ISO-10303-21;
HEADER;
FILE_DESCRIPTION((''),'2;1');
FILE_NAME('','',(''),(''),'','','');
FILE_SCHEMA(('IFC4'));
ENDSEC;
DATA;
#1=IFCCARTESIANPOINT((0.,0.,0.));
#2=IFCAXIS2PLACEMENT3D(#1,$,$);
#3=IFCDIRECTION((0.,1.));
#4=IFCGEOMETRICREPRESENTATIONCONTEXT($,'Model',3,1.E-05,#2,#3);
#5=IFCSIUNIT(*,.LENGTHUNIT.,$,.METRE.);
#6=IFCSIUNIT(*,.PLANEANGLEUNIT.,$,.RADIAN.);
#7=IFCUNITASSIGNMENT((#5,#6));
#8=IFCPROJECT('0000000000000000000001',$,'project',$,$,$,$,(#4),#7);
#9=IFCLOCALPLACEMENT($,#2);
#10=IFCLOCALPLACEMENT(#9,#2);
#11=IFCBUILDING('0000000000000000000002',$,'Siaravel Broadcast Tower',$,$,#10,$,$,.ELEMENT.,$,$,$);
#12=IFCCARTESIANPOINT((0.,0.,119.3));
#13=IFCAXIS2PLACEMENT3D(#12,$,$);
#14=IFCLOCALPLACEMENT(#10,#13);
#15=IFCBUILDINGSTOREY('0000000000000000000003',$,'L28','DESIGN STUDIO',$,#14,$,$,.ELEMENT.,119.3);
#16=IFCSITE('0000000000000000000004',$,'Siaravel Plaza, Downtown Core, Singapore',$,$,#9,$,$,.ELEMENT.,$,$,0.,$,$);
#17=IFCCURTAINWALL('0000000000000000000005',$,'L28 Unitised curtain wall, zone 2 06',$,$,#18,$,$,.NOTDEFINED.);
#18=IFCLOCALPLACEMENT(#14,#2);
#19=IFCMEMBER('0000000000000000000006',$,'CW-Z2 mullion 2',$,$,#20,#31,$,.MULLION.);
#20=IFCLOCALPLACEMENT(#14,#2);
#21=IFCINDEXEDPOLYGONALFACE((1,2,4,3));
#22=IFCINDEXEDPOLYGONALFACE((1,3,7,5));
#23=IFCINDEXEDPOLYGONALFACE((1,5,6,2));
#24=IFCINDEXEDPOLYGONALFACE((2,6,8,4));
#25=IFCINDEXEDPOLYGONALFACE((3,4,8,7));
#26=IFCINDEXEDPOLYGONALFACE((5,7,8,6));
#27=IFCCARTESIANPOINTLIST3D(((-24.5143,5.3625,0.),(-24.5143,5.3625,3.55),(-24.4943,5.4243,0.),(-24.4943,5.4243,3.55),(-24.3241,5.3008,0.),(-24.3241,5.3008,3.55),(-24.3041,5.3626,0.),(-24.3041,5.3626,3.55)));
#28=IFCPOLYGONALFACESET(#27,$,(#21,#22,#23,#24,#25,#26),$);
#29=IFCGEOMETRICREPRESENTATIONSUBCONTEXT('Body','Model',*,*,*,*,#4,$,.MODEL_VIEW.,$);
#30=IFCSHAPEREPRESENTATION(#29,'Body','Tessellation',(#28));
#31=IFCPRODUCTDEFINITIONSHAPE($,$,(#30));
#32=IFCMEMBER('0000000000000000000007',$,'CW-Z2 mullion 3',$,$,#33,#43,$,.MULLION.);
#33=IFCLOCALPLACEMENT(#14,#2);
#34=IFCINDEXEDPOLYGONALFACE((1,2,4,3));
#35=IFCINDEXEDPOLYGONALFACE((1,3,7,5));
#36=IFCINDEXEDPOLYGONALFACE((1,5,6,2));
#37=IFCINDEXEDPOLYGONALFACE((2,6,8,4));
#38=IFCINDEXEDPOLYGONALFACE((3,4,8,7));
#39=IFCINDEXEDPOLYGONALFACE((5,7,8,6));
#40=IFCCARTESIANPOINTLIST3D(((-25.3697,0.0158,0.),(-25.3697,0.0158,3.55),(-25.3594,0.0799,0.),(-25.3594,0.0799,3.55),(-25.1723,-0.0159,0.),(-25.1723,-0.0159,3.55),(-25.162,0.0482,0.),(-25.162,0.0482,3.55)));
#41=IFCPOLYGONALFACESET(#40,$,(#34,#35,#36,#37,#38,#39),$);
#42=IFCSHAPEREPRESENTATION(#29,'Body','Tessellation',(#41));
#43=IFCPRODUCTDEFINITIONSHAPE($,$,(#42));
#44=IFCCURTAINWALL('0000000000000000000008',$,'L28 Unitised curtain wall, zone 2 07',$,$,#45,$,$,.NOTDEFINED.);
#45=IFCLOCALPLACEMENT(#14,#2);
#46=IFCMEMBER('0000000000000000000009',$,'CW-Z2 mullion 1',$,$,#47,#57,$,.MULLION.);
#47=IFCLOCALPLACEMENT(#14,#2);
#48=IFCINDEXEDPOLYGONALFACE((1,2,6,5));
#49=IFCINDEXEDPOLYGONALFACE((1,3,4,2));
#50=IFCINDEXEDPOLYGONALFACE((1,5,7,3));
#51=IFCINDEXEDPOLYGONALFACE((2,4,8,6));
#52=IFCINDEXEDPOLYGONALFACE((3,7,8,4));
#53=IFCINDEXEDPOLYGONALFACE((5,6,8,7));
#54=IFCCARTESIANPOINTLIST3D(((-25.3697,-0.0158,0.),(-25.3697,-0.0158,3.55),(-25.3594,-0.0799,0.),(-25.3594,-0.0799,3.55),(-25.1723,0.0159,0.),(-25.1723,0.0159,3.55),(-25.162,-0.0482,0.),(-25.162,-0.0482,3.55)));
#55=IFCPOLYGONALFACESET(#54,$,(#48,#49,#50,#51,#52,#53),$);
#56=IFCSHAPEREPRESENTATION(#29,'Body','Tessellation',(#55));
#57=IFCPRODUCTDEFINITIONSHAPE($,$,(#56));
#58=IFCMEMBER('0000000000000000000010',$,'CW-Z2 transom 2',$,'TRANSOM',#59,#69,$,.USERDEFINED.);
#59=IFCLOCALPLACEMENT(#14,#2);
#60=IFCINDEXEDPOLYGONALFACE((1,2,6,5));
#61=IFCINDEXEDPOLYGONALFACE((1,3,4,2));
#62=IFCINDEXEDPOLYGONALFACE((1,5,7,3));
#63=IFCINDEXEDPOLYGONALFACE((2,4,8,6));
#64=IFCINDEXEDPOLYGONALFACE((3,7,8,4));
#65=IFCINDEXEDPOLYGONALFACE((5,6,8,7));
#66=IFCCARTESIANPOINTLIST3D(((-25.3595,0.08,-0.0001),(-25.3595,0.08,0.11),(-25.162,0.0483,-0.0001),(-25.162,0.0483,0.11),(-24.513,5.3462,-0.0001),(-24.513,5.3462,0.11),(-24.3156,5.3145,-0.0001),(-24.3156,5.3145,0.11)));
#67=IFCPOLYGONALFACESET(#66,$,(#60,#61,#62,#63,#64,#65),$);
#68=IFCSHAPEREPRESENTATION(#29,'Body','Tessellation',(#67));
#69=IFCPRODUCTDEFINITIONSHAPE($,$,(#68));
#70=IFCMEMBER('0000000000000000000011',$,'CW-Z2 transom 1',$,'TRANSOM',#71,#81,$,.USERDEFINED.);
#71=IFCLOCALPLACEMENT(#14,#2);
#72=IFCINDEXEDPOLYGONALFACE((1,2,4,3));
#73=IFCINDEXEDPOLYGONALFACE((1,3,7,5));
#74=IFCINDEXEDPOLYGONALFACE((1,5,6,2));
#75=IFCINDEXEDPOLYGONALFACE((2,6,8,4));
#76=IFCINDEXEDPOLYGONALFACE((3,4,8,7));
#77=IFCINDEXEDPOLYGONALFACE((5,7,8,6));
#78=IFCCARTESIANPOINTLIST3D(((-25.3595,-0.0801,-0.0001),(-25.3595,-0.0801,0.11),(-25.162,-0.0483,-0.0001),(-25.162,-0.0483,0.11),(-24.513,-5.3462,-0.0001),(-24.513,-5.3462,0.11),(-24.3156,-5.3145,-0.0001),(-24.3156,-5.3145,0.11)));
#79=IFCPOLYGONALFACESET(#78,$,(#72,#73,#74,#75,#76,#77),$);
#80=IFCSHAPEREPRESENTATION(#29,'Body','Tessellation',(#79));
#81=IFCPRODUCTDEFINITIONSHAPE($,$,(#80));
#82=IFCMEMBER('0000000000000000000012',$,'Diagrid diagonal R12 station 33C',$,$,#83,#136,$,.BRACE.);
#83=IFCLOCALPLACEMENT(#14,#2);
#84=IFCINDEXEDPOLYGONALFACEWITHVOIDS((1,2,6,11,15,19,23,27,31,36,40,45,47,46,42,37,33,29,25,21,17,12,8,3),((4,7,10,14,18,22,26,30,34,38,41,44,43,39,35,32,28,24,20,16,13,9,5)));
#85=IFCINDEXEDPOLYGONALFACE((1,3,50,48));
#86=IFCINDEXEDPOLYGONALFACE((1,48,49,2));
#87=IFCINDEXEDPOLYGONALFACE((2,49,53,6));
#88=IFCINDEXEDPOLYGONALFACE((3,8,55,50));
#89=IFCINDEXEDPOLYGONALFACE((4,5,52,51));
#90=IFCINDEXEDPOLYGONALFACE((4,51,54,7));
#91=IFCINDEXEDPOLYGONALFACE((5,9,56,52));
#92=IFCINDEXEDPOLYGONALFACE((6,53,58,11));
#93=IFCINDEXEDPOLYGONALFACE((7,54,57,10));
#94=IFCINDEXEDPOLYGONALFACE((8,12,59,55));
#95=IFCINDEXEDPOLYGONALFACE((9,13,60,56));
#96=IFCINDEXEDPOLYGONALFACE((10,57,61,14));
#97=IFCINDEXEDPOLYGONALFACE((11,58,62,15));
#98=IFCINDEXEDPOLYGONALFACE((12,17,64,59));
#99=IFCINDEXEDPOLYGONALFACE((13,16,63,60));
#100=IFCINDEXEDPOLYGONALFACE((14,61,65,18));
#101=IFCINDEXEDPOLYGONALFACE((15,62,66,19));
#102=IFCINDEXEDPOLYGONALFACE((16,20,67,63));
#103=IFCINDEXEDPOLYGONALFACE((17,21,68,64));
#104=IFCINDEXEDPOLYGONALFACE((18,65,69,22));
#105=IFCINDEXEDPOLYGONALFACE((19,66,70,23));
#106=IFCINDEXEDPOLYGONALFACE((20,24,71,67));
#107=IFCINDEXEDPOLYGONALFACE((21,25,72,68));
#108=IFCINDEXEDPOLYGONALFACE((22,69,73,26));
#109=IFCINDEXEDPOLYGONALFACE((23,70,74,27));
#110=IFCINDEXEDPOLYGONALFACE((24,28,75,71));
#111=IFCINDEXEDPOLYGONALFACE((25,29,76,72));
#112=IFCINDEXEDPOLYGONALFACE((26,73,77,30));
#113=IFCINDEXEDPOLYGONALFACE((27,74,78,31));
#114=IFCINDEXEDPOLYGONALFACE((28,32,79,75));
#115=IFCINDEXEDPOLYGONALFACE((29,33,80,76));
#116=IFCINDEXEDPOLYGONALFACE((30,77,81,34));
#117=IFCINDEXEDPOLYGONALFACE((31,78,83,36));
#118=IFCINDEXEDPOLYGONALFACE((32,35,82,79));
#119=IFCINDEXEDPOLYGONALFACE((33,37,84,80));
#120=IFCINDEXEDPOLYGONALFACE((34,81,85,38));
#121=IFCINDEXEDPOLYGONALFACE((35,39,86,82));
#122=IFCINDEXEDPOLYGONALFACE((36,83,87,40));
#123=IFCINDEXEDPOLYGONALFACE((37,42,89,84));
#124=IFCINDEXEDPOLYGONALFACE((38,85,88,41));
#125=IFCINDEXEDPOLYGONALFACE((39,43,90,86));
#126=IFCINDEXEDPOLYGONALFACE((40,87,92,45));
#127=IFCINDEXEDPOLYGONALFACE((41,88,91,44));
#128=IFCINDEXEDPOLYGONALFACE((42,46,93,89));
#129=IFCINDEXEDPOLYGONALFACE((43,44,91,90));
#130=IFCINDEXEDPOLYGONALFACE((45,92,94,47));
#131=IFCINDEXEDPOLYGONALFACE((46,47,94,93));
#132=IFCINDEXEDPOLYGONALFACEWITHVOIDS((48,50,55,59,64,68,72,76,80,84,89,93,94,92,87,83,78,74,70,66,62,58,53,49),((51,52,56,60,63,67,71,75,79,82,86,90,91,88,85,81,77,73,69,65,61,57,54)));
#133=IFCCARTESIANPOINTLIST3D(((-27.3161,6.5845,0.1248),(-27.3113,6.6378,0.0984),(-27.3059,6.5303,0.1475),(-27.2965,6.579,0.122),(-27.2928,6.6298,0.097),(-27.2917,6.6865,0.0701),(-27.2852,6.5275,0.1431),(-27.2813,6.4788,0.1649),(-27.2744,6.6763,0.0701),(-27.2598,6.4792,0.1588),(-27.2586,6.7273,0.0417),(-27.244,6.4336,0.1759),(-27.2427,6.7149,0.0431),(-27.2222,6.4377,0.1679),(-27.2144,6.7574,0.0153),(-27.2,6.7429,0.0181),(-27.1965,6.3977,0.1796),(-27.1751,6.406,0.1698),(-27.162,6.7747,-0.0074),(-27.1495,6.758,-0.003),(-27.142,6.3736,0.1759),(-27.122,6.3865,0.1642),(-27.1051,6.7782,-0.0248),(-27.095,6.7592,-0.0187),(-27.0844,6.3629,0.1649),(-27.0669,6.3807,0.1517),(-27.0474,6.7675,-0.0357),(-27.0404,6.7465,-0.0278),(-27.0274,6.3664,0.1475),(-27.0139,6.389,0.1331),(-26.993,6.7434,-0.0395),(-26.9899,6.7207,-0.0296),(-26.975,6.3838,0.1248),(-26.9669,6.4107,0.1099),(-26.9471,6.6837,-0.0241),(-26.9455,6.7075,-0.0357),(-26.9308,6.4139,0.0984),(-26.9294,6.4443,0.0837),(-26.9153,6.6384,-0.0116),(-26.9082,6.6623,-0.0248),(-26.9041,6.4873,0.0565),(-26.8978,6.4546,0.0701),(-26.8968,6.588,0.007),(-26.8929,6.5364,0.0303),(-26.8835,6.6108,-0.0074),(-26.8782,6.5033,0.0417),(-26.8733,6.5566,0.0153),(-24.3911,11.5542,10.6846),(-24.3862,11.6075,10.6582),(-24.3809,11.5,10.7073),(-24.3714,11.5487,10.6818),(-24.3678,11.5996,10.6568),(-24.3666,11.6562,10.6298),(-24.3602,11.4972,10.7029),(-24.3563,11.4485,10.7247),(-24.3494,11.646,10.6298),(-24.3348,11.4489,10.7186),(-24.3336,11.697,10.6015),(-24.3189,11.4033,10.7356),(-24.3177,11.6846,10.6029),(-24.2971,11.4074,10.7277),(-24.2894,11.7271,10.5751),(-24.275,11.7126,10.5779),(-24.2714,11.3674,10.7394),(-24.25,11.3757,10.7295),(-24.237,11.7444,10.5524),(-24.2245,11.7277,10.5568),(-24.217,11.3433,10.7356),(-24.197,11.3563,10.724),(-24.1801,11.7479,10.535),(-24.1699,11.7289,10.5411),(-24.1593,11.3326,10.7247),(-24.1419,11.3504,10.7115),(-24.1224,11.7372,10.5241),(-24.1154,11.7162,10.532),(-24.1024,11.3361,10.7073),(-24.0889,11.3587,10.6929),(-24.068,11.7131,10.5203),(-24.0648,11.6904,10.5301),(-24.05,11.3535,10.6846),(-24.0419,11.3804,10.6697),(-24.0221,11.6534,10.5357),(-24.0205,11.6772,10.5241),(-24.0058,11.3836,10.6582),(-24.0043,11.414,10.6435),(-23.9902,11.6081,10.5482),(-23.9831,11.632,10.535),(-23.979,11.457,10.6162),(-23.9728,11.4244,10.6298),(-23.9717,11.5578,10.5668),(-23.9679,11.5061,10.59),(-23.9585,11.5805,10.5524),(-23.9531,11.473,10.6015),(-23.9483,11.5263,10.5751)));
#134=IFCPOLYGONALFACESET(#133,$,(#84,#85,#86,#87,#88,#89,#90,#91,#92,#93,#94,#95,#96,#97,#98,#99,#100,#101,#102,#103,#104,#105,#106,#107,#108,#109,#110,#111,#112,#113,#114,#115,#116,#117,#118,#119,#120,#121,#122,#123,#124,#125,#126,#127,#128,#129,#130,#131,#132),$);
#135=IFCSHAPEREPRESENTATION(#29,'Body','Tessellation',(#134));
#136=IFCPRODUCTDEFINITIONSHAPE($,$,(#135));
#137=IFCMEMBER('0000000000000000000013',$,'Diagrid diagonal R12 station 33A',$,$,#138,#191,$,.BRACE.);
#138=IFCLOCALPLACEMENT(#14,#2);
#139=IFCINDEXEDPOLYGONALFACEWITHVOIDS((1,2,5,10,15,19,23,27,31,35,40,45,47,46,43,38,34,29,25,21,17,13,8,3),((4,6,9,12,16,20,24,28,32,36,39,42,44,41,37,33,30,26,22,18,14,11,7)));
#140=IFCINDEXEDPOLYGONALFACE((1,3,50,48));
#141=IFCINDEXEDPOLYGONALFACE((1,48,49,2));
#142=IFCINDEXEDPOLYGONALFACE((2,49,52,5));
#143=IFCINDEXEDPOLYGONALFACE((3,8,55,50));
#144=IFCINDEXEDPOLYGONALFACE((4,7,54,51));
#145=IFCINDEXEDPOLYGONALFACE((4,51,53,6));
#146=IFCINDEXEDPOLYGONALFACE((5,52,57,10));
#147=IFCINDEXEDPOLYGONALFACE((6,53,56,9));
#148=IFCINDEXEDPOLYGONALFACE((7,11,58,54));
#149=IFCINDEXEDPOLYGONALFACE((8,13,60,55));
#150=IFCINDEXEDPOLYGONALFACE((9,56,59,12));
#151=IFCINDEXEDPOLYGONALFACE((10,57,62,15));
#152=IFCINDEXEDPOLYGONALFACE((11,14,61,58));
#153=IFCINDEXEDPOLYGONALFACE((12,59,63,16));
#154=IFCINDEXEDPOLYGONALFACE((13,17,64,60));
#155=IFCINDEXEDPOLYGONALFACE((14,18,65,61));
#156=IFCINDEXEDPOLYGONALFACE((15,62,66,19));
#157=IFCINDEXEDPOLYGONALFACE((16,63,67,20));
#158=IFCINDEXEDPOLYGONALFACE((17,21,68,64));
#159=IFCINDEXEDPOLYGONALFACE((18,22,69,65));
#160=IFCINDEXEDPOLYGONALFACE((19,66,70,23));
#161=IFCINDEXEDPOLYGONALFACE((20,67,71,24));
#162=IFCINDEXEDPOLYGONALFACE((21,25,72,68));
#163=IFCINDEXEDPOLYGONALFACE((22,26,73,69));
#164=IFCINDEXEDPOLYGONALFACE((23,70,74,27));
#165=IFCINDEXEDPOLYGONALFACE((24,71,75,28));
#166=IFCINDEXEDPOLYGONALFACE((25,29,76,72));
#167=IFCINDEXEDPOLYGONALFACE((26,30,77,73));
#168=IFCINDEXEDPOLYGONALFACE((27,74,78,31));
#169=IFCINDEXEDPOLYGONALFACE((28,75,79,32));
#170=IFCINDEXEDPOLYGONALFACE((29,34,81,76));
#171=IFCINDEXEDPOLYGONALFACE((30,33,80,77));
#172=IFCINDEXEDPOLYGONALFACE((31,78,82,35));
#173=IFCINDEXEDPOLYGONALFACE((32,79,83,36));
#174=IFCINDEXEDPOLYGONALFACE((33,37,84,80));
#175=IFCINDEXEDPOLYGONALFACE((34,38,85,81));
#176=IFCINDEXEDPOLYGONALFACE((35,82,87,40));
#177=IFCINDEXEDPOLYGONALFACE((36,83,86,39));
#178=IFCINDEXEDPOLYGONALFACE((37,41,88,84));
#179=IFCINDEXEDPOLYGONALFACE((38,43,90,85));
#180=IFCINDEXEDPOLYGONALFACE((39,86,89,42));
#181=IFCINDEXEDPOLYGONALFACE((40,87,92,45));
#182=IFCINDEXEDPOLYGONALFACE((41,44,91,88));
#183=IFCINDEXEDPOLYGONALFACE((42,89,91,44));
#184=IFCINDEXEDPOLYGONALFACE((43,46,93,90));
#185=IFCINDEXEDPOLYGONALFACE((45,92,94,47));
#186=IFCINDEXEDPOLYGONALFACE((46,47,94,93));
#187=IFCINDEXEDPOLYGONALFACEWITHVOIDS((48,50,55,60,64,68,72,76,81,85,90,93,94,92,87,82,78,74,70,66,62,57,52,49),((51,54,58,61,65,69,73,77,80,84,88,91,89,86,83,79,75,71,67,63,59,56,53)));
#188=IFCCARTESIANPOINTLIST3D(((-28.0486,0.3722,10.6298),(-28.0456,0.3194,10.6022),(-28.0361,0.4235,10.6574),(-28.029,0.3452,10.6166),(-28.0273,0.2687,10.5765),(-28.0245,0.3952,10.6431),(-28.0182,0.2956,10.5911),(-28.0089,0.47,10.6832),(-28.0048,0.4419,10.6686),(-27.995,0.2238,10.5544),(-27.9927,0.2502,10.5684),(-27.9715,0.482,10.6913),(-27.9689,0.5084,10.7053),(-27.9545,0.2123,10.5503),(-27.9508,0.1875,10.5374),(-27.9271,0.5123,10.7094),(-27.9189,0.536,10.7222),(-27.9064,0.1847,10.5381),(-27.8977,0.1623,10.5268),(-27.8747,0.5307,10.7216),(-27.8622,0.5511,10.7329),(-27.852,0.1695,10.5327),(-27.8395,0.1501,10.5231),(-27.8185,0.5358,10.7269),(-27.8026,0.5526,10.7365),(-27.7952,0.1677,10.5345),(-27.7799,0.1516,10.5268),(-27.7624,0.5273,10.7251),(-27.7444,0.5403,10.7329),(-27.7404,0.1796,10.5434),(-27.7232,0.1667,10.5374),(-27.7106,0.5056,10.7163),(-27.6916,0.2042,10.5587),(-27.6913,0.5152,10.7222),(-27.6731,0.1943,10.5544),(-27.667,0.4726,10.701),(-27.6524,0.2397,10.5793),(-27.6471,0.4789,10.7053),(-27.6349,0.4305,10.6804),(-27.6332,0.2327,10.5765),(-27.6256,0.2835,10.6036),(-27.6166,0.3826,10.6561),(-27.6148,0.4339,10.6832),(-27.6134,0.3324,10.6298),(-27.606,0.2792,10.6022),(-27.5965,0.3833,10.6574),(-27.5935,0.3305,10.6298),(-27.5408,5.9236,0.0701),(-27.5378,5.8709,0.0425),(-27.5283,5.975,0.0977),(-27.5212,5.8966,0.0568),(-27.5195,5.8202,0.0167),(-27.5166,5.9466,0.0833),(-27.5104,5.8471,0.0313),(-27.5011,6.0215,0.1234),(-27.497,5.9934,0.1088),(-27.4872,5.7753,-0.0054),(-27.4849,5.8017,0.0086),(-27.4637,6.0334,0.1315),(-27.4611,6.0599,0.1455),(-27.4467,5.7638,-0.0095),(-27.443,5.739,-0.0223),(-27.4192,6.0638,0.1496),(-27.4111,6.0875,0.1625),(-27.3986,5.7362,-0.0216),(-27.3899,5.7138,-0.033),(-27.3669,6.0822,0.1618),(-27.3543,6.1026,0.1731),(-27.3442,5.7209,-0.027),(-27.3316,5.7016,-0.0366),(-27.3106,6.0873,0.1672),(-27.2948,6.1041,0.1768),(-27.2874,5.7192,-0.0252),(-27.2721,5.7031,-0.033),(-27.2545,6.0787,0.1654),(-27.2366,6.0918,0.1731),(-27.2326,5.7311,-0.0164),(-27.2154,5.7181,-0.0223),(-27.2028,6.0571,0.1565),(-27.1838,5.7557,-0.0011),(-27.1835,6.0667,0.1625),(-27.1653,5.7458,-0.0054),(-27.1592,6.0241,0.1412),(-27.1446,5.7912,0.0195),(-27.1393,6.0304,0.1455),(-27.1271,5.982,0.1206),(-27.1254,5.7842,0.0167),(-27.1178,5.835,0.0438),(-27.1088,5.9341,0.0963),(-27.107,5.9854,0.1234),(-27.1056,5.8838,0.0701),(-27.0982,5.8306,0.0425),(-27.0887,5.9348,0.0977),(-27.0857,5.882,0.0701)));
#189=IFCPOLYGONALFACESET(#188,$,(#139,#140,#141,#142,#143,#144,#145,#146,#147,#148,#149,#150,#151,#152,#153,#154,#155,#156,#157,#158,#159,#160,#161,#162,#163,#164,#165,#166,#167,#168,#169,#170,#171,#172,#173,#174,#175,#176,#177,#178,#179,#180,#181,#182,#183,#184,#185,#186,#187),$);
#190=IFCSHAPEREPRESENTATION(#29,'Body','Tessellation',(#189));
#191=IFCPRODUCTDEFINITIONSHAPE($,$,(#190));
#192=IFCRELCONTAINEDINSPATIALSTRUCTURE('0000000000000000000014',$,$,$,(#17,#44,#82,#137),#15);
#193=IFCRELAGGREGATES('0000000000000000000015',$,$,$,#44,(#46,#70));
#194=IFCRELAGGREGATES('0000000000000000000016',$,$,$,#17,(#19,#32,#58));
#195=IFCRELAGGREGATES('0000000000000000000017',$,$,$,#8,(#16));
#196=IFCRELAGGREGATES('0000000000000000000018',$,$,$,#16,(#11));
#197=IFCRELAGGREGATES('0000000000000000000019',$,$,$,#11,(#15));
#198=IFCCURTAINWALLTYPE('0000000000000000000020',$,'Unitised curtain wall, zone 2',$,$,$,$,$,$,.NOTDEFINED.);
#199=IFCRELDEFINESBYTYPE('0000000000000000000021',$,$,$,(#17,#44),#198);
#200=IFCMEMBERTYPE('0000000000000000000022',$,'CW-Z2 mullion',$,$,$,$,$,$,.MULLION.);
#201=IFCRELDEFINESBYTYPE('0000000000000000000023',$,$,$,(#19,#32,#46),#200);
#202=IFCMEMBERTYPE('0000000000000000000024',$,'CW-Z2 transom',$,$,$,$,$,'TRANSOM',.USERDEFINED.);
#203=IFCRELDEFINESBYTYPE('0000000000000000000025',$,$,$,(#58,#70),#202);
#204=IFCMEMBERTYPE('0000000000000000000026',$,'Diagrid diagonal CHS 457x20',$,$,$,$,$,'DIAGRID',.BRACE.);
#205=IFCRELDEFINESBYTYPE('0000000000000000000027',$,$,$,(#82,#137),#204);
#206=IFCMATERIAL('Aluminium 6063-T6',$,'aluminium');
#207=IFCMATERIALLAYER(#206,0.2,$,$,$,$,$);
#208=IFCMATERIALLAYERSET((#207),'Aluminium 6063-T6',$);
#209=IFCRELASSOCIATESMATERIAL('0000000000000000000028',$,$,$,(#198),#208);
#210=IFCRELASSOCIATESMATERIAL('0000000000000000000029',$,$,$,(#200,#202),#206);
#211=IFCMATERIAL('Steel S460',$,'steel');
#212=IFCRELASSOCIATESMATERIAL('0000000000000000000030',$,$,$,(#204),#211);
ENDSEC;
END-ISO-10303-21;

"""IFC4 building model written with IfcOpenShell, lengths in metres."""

from ifc_helpers import new_model, si_unit, direction, frame, origin, origin_2d, place, context, subcontext, project, spatial, rectangle, hollow_circle, extrude, material, layer, layer_set, material_profile, profile_set, type_object, element, aggregate, save


model = new_model("IFC4")

# Units and contexts
model_context = context("Model", 3, precision=1e-05, world=origin(), true_north=direction((0.0, 1.0)))
body_context = subcontext(model_context, "Body", "Model", "MODEL_VIEW")
ifc_project = project(units=[si_unit("LENGTHUNIT", "METRE"), si_unit("PLANEANGLEUNIT", "RADIAN")], contexts=[model_context])

# Site, building, storey
site_placement = place(None, origin())
site = spatial("IfcSite", under=ifc_project, at=site_placement, Name="Siaravel Plaza, Downtown Core, Singapore", CompositionType="ELEMENT", RefElevation=0.0)
building_placement = place(site_placement, origin())
building = spatial("IfcBuilding", under=site, at=building_placement, Name="Siaravel Broadcast Tower", CompositionType="ELEMENT")
storey_placement = place(building_placement, frame((0.0, 0.0, 119.3)))
storey = spatial("IfcBuildingStorey", under=building, at=storey_placement, Name="L28", Description="DESIGN STUDIO", CompositionType="ELEMENT", Elevation=119.3)

# Curtain wall, members
ifc_material_1 = material(Name="Aluminium 6063-T6", Category="aluminium")
ifc_layer_1 = layer(ifc_material_1, 0.2)
ifc_layer_set_1 = layer_set([ifc_layer_1], Name="Aluminium 6063-T6")
curtain_wall_type = type_object("IfcCurtainWallType", Name="Unitised curtain wall, zone 2", PredefinedType="NOTDEFINED", material=ifc_layer_set_1)
curtain_wall_1_placement = place(storey_placement, origin())
curtain_wall_1 = element("IfcCurtainWall", 1, at=curtain_wall_1_placement, inside=storey, type_object=curtain_wall_type, Name="L28 Unitised curtain wall, zone 2 06", PredefinedType="NOTDEFINED")
ifc_material_profile_1 = material_profile(ifc_material_1, rectangle(XDim=0.2, YDim=0.0649, at=origin_2d()))
ifc_profile_set_1 = profile_set([ifc_material_profile_1], Name="Aluminium 6063-T6")
member_type_1 = type_object("IfcMemberType", Name="CW-Z2 mullion", PredefinedType="MULLION", material=ifc_profile_set_1)
member_1_placement = place(storey_placement, frame((-24.4092, 5.3625, 0.0), z_axis=(0.0, 0.0, 1.0), x_axis=(0.951177, -0.308645, 0.0)))
member_1 = element("IfcMember", 2, at=member_1_placement, type_object=member_type_1, Name="CW-Z2 mullion 2", PredefinedType="MULLION", context=body_context, shape_type="SweptSolid", body=[
    extrude(rectangle(XDim=0.2, YDim=0.0649, at=origin_2d()), origin(), (0.0, 0.0, 1.0), 3.55),
])
member_2_placement = place(storey_placement, frame((-25.2659, 0.032, 0.0), z_axis=(0.0, 0.0, 1.0), x_axis=(0.987329, -0.158686, 0.0)))
member_2 = element("IfcMember", 3, at=member_2_placement, type_object=member_type_1, Name="CW-Z2 mullion 3", PredefinedType="MULLION", context=body_context, shape_type="SweptSolid", body=[
    extrude(rectangle(XDim=0.2, YDim=0.0649, at=origin_2d()), origin(), (0.0, 0.0, 1.0), 3.55),
])

# Curtain wall, member
curtain_wall_2_placement = place(storey_placement, origin())
curtain_wall_2 = element("IfcCurtainWall", 4, at=curtain_wall_2_placement, inside=storey, type_object=curtain_wall_type, Name="L28 Unitised curtain wall, zone 2 07", PredefinedType="NOTDEFINED")
member_3_placement = place(storey_placement, frame((-25.2659, -0.032, 0.0), z_axis=(0.0, 0.0, 1.0), x_axis=(0.987329, 0.158686, 0.0)))
member_3 = element("IfcMember", 5, at=member_3_placement, type_object=member_type_1, Name="CW-Z2 mullion 1", PredefinedType="MULLION", context=body_context, shape_type="SweptSolid", body=[
    extrude(rectangle(XDim=0.2, YDim=0.0649, at=origin_2d()), origin(), (0.0, 0.0, 1.0), 3.55),
])

# Members
ifc_material_profile_2 = material_profile(ifc_material_1, rectangle(XDim=0.2, YDim=0.1101, at=origin_2d()))
ifc_profile_set_2 = profile_set([ifc_material_profile_2], Name="Aluminium 6063-T6")
member_type_2 = type_object("IfcMemberType", Name="CW-Z2 transom", ElementType="TRANSOM", PredefinedType="USERDEFINED", material=ifc_profile_set_2)
member_4_placement = place(storey_placement, frame((-24.4143, 5.3303, 0.0549), z_axis=(-0.158696, -0.987328, 0.0), x_axis=(0.987328, -0.158696, 0.0)))
member_4 = element("IfcMember", 6, at=member_4_placement, type_object=member_type_2, Name="CW-Z2 transom 2", ObjectType="TRANSOM", PredefinedType="USERDEFINED", context=body_context, shape_type="SweptSolid", body=[
    extrude(rectangle(XDim=0.2, YDim=0.1101, at=origin_2d()), origin(), (0.0, 0.0, 1.0), 5.3337),
])
member_5_placement = place(storey_placement, frame((-25.2607, -0.0642, 0.0549), z_axis=(0.158696, -0.987328, 0.0), x_axis=(0.987328, 0.158696, 0.0)))
member_5 = element("IfcMember", 7, at=member_5_placement, type_object=member_type_2, Name="CW-Z2 transom 1", ObjectType="TRANSOM", PredefinedType="USERDEFINED", context=body_context, shape_type="SweptSolid", body=[
    extrude(rectangle(XDim=0.2, YDim=0.1101, at=origin_2d()), origin(), (0.0, 0.0, 1.0), 5.3337),
])
aggregate(curtain_wall_2, [member_3, member_5])

# Members
ifc_material_2 = material(Name="Steel S460", Category="steel")
ifc_material_profile_3 = material_profile(ifc_material_2, hollow_circle(Radius=0.2285, WallThickness=0.02, at=origin_2d()))
ifc_profile_set_3 = profile_set([ifc_material_profile_3], Name="Steel S460")
member_type_3 = type_object("IfcMemberType", Name="Diagrid diagonal CHS 457x20", ElementType="DIAGRID", PredefinedType="BRACE", material=ifc_profile_set_3)
member_6_placement = place(storey_placement, frame((-27.0947, 6.5706, 0.0701), z_axis=(0.24311, 0.41305, 0.87766), x_axis=(-0.861807, 0.507237, 0.0)))
element("IfcMember", 8, at=member_6_placement, inside=storey, type_object=member_type_3, Name="Diagrid diagonal R12 station 33C", PredefinedType="BRACE", context=body_context, shape_type="SweptSolid", body=[
    extrude(hollow_circle(Radius=0.2285, WallThickness=0.02, at=origin_2d()), origin(), (0.0, 0.0, 1.0), 12.0317),
])
member_7_placement = place(storey_placement, frame((-27.3132, 5.9028, 0.0701), z_axis=(-0.042527, -0.464913, 0.884334), x_axis=(0.995842, -0.091092, 0.0)))
element("IfcMember", 9, at=member_7_placement, inside=storey, type_object=member_type_3, Name="Diagrid diagonal R12 station 33A", PredefinedType="BRACE", context=body_context, shape_type="SweptSolid", body=[
    extrude(hollow_circle(Radius=0.2285, WallThickness=0.02, at=origin_2d()), origin(), (0.0, 0.0, 1.0), 11.9409),
])

aggregate(curtain_wall_1, [member_1, member_2, member_4])

save(model, "model.ifc")
